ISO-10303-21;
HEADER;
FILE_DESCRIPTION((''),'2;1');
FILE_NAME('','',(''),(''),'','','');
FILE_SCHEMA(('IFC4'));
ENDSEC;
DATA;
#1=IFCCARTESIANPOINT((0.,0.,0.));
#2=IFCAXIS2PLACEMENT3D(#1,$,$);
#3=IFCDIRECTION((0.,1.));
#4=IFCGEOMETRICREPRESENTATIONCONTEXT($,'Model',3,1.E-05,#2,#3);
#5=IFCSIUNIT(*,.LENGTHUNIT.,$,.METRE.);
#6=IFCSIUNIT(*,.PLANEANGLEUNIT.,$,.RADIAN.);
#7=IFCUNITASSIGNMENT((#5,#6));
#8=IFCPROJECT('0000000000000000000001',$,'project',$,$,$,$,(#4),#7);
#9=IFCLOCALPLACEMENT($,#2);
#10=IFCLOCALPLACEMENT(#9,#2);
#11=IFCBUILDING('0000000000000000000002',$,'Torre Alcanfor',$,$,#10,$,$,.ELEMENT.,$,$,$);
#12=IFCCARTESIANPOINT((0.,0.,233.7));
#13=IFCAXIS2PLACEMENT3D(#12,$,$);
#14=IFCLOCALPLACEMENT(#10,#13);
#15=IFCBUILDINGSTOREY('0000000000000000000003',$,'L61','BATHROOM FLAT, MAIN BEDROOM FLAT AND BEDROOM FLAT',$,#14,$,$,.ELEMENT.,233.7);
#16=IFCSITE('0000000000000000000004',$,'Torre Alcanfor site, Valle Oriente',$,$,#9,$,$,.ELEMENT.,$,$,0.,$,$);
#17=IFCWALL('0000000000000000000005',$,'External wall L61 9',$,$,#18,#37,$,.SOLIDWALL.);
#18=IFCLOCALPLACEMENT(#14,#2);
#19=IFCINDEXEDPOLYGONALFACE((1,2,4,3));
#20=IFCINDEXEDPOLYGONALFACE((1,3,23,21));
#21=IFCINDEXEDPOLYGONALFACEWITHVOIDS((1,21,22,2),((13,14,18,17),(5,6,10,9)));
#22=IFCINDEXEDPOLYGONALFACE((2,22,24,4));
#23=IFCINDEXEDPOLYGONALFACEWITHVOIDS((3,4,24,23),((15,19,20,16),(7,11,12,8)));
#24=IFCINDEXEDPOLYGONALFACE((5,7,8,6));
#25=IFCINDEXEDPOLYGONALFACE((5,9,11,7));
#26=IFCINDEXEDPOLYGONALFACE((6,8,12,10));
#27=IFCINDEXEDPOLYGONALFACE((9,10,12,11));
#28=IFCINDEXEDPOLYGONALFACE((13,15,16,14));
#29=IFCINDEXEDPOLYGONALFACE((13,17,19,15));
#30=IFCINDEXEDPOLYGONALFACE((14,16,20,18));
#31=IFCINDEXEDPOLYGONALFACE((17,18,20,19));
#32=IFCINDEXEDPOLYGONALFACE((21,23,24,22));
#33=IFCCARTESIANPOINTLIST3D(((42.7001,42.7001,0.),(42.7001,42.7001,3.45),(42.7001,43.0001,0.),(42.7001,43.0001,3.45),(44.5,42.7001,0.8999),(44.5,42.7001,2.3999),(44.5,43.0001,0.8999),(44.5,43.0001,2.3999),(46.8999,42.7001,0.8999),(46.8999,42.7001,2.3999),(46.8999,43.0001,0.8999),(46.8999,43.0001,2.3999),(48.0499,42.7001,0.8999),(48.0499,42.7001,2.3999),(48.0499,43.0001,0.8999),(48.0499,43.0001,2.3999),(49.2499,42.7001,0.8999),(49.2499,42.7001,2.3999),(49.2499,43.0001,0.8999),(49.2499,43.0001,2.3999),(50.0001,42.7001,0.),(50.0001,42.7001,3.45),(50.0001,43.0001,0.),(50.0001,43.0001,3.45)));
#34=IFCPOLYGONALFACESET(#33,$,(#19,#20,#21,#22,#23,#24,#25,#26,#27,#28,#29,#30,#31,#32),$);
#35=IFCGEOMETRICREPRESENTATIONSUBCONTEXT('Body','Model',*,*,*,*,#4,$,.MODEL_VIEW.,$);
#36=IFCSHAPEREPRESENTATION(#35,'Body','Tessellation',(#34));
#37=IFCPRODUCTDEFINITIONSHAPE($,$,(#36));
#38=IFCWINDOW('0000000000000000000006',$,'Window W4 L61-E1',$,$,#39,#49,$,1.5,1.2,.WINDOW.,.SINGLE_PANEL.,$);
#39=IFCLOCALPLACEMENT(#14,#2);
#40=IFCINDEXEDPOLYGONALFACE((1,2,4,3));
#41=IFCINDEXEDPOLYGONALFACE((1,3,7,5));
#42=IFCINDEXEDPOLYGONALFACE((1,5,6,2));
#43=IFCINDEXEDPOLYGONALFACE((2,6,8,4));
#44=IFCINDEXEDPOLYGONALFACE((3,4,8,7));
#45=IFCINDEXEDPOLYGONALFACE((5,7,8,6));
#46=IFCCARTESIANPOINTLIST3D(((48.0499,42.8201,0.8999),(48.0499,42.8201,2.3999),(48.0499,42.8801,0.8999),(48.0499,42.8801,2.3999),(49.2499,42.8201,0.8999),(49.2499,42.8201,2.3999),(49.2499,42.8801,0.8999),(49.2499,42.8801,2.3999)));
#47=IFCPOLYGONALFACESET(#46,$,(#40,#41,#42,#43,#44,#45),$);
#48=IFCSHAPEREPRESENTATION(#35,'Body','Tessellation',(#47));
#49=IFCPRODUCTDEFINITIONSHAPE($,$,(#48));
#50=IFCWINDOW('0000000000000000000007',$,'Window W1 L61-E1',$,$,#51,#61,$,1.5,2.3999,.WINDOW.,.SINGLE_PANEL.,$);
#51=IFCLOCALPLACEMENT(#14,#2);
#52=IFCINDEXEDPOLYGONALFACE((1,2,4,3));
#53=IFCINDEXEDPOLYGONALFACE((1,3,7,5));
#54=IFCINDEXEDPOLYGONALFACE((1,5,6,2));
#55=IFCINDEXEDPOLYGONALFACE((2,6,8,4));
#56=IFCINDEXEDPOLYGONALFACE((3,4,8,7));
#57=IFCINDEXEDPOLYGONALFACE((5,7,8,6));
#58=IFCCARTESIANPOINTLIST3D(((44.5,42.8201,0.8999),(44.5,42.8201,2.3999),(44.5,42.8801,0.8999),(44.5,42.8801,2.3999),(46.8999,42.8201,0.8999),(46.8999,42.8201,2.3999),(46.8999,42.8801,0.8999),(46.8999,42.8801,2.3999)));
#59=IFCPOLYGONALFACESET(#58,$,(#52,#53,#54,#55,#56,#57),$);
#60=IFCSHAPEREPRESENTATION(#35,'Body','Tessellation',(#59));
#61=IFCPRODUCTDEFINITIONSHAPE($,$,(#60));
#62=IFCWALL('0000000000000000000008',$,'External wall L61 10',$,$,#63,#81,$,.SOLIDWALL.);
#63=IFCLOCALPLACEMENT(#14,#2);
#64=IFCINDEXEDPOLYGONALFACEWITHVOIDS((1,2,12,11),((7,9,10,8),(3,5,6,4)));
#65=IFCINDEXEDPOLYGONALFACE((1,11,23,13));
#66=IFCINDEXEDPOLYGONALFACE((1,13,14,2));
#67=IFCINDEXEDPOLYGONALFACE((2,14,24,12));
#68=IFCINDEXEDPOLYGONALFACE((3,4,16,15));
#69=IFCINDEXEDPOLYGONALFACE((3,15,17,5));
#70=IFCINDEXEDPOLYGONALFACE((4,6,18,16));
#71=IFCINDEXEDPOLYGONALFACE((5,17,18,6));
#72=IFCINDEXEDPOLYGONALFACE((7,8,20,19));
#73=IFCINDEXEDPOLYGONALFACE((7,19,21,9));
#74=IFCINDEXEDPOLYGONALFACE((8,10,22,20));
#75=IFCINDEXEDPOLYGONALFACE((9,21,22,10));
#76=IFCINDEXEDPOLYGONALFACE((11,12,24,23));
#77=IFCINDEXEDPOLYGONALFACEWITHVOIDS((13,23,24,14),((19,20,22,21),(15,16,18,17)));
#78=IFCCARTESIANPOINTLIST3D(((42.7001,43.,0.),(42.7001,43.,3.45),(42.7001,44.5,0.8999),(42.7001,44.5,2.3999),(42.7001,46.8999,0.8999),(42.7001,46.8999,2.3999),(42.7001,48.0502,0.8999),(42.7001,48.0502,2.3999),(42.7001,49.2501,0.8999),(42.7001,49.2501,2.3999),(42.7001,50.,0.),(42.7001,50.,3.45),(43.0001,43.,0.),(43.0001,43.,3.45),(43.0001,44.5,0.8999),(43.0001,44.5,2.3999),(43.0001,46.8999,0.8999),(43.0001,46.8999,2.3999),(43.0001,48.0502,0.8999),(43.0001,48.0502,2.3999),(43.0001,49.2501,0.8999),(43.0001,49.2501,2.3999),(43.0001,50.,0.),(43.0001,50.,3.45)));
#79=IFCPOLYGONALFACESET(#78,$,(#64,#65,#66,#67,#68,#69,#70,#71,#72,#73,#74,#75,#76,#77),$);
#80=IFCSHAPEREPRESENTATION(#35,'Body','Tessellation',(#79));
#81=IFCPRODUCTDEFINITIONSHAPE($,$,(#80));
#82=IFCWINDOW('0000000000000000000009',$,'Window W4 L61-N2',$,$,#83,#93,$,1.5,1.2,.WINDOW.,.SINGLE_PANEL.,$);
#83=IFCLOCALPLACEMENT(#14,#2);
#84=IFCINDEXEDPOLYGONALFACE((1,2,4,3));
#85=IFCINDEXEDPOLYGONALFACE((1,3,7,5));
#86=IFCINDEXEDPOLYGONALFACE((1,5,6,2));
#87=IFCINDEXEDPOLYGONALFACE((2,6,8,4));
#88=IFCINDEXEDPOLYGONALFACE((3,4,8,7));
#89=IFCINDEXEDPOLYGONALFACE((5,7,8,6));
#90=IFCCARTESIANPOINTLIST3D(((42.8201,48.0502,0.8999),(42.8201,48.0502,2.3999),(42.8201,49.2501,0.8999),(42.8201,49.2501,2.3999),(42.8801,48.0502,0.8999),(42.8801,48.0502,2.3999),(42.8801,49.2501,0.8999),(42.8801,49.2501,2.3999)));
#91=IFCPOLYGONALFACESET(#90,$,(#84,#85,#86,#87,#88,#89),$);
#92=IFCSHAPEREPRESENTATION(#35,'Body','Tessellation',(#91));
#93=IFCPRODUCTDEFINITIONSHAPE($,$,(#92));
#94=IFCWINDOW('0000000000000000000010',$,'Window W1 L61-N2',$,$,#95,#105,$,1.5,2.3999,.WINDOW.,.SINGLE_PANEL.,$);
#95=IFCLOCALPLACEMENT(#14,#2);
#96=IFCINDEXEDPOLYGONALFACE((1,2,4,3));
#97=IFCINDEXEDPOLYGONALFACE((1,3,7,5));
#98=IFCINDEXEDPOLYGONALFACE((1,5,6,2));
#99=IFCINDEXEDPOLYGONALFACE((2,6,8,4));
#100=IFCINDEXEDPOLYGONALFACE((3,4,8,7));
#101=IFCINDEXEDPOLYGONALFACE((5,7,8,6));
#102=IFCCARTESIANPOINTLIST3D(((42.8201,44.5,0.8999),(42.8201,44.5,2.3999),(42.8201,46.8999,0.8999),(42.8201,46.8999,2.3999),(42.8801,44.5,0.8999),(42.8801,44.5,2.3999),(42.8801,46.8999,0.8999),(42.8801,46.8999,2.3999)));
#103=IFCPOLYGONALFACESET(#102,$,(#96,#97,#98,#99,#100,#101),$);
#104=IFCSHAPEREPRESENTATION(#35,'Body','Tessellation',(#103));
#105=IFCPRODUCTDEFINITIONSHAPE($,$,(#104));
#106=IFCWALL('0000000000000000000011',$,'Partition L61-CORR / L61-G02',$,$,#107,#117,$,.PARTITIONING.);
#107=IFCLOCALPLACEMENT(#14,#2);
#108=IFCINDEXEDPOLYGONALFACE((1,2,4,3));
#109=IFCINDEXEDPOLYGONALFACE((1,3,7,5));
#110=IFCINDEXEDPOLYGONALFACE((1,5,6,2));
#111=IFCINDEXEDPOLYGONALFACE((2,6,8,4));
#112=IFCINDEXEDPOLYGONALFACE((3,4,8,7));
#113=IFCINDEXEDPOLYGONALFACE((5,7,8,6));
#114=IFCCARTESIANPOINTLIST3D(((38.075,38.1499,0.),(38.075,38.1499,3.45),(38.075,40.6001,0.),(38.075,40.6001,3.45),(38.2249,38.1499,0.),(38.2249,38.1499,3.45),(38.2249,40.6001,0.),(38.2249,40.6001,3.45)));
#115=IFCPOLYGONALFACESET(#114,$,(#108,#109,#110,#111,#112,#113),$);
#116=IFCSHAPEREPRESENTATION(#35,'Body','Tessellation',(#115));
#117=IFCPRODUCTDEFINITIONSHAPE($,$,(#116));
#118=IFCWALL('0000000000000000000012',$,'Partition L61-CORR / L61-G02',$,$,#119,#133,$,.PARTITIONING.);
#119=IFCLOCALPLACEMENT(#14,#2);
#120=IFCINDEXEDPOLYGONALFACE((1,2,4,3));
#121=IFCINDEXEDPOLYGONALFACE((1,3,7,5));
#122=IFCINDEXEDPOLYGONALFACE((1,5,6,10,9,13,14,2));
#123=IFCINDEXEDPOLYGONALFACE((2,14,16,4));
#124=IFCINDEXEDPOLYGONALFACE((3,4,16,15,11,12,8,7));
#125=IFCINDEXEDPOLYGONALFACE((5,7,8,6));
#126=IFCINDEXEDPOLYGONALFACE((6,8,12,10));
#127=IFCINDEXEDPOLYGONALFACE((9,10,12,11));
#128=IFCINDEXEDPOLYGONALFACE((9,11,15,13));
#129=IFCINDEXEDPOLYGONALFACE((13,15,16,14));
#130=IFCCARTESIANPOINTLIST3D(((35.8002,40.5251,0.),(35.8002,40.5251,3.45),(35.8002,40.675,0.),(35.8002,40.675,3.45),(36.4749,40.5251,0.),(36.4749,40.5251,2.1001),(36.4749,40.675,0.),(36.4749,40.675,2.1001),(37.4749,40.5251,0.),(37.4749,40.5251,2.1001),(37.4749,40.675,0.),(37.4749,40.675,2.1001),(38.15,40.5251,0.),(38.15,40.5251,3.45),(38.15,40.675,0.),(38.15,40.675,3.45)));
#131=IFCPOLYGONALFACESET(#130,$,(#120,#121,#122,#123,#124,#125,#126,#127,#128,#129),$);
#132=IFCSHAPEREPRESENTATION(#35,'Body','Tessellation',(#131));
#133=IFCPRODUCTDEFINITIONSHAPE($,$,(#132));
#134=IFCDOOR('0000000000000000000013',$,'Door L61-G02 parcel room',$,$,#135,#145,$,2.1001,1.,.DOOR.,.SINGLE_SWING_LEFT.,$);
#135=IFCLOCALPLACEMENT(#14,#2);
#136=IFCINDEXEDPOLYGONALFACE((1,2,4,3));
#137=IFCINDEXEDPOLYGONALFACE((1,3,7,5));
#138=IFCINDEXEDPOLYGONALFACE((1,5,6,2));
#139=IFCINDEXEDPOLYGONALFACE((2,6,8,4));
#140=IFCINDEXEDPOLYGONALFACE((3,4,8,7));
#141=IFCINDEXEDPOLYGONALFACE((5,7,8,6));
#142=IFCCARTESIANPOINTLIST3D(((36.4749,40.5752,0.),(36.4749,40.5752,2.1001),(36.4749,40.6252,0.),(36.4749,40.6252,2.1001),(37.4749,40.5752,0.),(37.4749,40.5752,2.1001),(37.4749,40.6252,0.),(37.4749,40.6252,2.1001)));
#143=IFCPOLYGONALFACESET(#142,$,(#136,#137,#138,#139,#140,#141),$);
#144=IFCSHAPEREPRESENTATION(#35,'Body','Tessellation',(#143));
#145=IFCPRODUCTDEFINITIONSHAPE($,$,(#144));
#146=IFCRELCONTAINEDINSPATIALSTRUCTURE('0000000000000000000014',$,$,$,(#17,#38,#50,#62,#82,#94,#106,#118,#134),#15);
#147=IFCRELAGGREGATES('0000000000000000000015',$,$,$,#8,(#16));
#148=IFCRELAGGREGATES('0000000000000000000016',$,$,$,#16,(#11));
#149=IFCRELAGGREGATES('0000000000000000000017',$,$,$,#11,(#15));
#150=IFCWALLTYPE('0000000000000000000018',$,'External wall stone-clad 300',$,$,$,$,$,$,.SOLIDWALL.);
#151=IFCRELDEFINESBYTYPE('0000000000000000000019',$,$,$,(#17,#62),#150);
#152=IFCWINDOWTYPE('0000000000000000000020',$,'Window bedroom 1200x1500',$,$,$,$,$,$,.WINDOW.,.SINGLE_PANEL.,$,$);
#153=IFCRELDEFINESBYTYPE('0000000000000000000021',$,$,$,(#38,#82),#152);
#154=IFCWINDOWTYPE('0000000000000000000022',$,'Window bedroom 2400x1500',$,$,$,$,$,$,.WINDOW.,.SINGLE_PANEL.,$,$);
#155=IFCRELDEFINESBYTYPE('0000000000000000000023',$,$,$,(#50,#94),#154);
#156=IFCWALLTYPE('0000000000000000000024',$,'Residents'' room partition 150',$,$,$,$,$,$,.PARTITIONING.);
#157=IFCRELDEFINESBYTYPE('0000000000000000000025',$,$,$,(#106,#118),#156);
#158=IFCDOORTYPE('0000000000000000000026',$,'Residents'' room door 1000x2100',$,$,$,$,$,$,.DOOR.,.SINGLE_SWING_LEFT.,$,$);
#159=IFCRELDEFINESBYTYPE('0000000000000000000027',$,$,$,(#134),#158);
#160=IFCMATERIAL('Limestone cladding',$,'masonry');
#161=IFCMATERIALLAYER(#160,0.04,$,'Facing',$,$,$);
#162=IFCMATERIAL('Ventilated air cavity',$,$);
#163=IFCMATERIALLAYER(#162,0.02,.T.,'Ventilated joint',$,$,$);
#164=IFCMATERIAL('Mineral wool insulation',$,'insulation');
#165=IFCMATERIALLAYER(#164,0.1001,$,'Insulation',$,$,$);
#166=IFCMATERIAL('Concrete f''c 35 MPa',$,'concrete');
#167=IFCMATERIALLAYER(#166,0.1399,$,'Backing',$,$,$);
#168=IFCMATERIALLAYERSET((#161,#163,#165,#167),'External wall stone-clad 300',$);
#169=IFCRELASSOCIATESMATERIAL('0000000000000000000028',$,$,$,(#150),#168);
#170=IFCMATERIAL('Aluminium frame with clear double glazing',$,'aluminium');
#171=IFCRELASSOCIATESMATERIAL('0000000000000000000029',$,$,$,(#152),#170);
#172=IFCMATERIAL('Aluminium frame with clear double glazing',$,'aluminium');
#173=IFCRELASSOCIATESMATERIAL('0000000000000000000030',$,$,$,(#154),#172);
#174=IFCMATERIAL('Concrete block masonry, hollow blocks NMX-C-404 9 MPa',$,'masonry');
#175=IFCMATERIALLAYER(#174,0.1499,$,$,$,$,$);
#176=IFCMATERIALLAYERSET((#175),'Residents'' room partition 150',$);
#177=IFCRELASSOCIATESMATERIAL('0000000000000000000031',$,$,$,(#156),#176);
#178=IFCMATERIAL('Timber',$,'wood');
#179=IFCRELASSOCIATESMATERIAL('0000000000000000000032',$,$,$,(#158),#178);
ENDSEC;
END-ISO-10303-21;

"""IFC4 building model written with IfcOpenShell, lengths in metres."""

from ifc_helpers import new_model, si_unit, direction, frame, frame_2d, origin, place, context, subcontext, project, spatial, rectangle, extrude, material, layer, layer_set, type_object, element, fill, save


model = new_model("IFC4")

# Units and contexts
model_context = context("Model", 3, precision=1e-05, world=origin(), true_north=direction((0.0, 1.0)))
body_context = subcontext(model_context, "Body", "Model", "MODEL_VIEW")
ifc_project = project(units=[si_unit("LENGTHUNIT", "METRE"), si_unit("PLANEANGLEUNIT", "RADIAN")], contexts=[model_context])

# Site, building, storey
site_placement = place(None, origin())
site = spatial("IfcSite", under=ifc_project, at=site_placement, Name="Torre Alcanfor site, Valle Oriente", CompositionType="ELEMENT", RefElevation=0.0)
building_placement = place(site_placement, origin())
building = spatial("IfcBuilding", under=site, at=building_placement, Name="Torre Alcanfor", CompositionType="ELEMENT")
storey_placement = place(building_placement, frame((0.0, 0.0, 233.7)))
storey = spatial("IfcBuildingStorey", under=building, at=storey_placement, Name="L61", Description="BATHROOM FLAT, MAIN BEDROOM FLAT AND BEDROOM FLAT", CompositionType="ELEMENT", Elevation=233.7)

# Walls, openings, windows
ifc_material_1 = material(Name="Limestone cladding", Category="masonry")
ifc_layer_1 = layer(ifc_material_1, 0.04, Name="Facing")
ifc_material_2 = material(Name="Ventilated air cavity")
ifc_layer_2 = layer(ifc_material_2, 0.02, ventilated=True, Name="Ventilated joint")
ifc_material_3 = material(Name="Mineral wool insulation", Category="insulation")
ifc_layer_3 = layer(ifc_material_3, 0.1001, Name="Insulation")
ifc_material_4 = material(Name="Concrete f'c 35 MPa", Category="concrete")
ifc_layer_4 = layer(ifc_material_4, 0.1399, Name="Backing")
ifc_layer_set_1 = layer_set([ifc_layer_1, ifc_layer_2, ifc_layer_3, ifc_layer_4], Name="External wall stone-clad 300")
wall_type_1 = type_object("IfcWallType", Name="External wall stone-clad 300", PredefinedType="SOLIDWALL", material=ifc_layer_set_1)
wall_1_placement = place(storey_placement, frame((50.0, 42.8501, 0.0), z_axis=(0.0, 0.0, 1.0), x_axis=(-1.0, 0.0, 0.0)))
wall_1 = element("IfcWall", 1, at=wall_1_placement, inside=storey, type_object=wall_type_1, Name="External wall L61 9", PredefinedType="SOLIDWALL", context=body_context, shape_type="SweptSolid", body=[
    extrude(rectangle(XDim=7.3, YDim=0.3, at=frame_2d((3.6499, 0.0))), origin(), (0.0, 0.0, 1.0), 3.45),
])
opening_1_placement = place(wall_1_placement, frame((3.1001, 0.0, 0.8999)))
opening_1 = element("IfcOpeningElement", 2, at=opening_1_placement, cuts=wall_1, PredefinedType="OPENING", context=body_context, shape_type="SweptSolid", body=[
    extrude(rectangle(XDim=2.3999, YDim=1.5, at=frame_2d((1.2, 0.75))), frame((0.0, 0.1599, 0.0), z_axis=(0.0, -1.0, 0.0), x_axis=(1.0, 0.0, 0.0)), (0.0, 0.0, 1.0), 0.3201),
])
opening_2_placement = place(wall_1_placement, frame((0.75, 0.0, 0.8999)))
opening_2 = element("IfcOpeningElement", 3, at=opening_2_placement, cuts=wall_1, PredefinedType="OPENING", context=body_context, shape_type="SweptSolid", body=[
    extrude(rectangle(XDim=1.2, YDim=1.5, at=frame_2d((0.6001, 0.75))), frame((0.0, 0.1599, 0.0), z_axis=(0.0, -1.0, 0.0), x_axis=(1.0, 0.0, 0.0)), (0.0, 0.0, 1.0), 0.3201),
])
ifc_material_5 = material(Name="Aluminium frame with clear double glazing", Category="aluminium")
window_type_1 = type_object("IfcWindowType", Name="Window bedroom 1200x1500", PartitioningType="SINGLE_PANEL", PredefinedType="WINDOW", material=ifc_material_5)
window_1_placement = place(opening_2_placement, origin())
window_1 = element("IfcWindow", 4, at=window_1_placement, inside=storey, type_object=window_type_1, Name="Window W4 L61-E1", OverallHeight=1.5, OverallWidth=1.2, PartitioningType="SINGLE_PANEL", PredefinedType="WINDOW", context=body_context, shape_type="SweptSolid", body=[
    extrude(rectangle(XDim=1.2, YDim=1.5, at=frame_2d((0.6001, 0.75))), frame((0.0, 0.03, 0.0), z_axis=(0.0, -1.0, 0.0), x_axis=(1.0, 0.0, 0.0)), (0.0, 0.0, 1.0), 0.0601),
])
fill(opening_2, window_1)
ifc_material_6 = material(Name="Aluminium frame with clear double glazing", Category="aluminium")
window_type_2 = type_object("IfcWindowType", Name="Window bedroom 2400x1500", PartitioningType="SINGLE_PANEL", PredefinedType="WINDOW", material=ifc_material_6)
window_2_placement = place(opening_1_placement, origin())
window_2 = element("IfcWindow", 5, at=window_2_placement, inside=storey, type_object=window_type_2, Name="Window W1 L61-E1", OverallHeight=1.5, OverallWidth=2.3999, PartitioningType="SINGLE_PANEL", PredefinedType="WINDOW", context=body_context, shape_type="SweptSolid", body=[
    extrude(rectangle(XDim=2.3999, YDim=1.5, at=frame_2d((1.2, 0.75))), frame((0.0, 0.03, 0.0), z_axis=(0.0, -1.0, 0.0), x_axis=(1.0, 0.0, 0.0)), (0.0, 0.0, 1.0), 0.0601),
])
fill(opening_1, window_2)
wall_2_placement = place(storey_placement, frame((42.8501, 43.0, 0.0), z_axis=(0.0, 0.0, 1.0), x_axis=(0.0, 1.0, 0.0)))
wall_2 = element("IfcWall", 6, at=wall_2_placement, inside=storey, type_object=wall_type_1, Name="External wall L61 10", PredefinedType="SOLIDWALL", context=body_context, shape_type="SweptSolid", body=[
    extrude(rectangle(XDim=7.0, YDim=0.3, at=frame_2d((3.5, 0.0))), origin(), (0.0, 0.0, 1.0), 3.45),
])
opening_3_placement = place(wall_2_placement, frame((1.5, 0.0, 0.8999)))
opening_3 = element("IfcOpeningElement", 7, at=opening_3_placement, cuts=wall_2, PredefinedType="OPENING", context=body_context, shape_type="SweptSolid", body=[
    extrude(rectangle(XDim=2.3999, YDim=1.5, at=frame_2d((1.2, 0.75))), frame((0.0, 0.1599, 0.0), z_axis=(0.0, -1.0, 0.0), x_axis=(1.0, 0.0, 0.0)), (0.0, 0.0, 1.0), 0.3201),
])
opening_4_placement = place(wall_2_placement, frame((5.05, 0.0, 0.8999)))
opening_4 = element("IfcOpeningElement", 8, at=opening_4_placement, cuts=wall_2, PredefinedType="OPENING", context=body_context, shape_type="SweptSolid", body=[
    extrude(rectangle(XDim=1.2, YDim=1.5, at=frame_2d((0.6001, 0.75))), frame((0.0, 0.1599, 0.0), z_axis=(0.0, -1.0, 0.0), x_axis=(1.0, 0.0, 0.0)), (0.0, 0.0, 1.0), 0.3201),
])
window_3_placement = place(opening_4_placement, origin())
window_3 = element("IfcWindow", 9, at=window_3_placement, inside=storey, type_object=window_type_1, Name="Window W4 L61-N2", OverallHeight=1.5, OverallWidth=1.2, PartitioningType="SINGLE_PANEL", PredefinedType="WINDOW", context=body_context, shape_type="SweptSolid", body=[
    extrude(rectangle(XDim=1.2, YDim=1.5, at=frame_2d((0.6001, 0.75))), frame((0.0, 0.03, 0.0), z_axis=(0.0, -1.0, 0.0), x_axis=(1.0, 0.0, 0.0)), (0.0, 0.0, 1.0), 0.0601),
])
fill(opening_4, window_3)
window_4_placement = place(opening_3_placement, origin())
window_4 = element("IfcWindow", 10, at=window_4_placement, inside=storey, type_object=window_type_2, Name="Window W1 L61-N2", OverallHeight=1.5, OverallWidth=2.3999, PartitioningType="SINGLE_PANEL", PredefinedType="WINDOW", context=body_context, shape_type="SweptSolid", body=[
    extrude(rectangle(XDim=2.3999, YDim=1.5, at=frame_2d((1.2, 0.75))), frame((0.0, 0.03, 0.0), z_axis=(0.0, -1.0, 0.0), x_axis=(1.0, 0.0, 0.0)), (0.0, 0.0, 1.0), 0.0601),
])
fill(opening_3, window_4)

# Wall
ifc_material_7 = material(Name="Concrete block masonry, hollow blocks NMX-C-404 9 MPa", Category="masonry")
ifc_layer_5 = layer(ifc_material_7, 0.1499)
ifc_layer_set_2 = layer_set([ifc_layer_5], Name="Residents' room partition 150")
wall_type_2 = type_object("IfcWallType", Name="Residents' room partition 150", PredefinedType="PARTITIONING", material=ifc_layer_set_2)
wall_3_placement = place(storey_placement, frame((38.1499, 38.1499, 0.0), z_axis=(0.0, 0.0, 1.0), x_axis=(0.0, 1.0, 0.0)))
element("IfcWall", 11, at=wall_3_placement, inside=storey, type_object=wall_type_2, Name="Partition L61-CORR / L61-G02", PredefinedType="PARTITIONING", context=body_context, shape_type="SweptSolid", body=[
    extrude(rectangle(XDim=2.4502, YDim=0.1499, at=frame_2d((1.2251, 0.0))), origin(), (0.0, 0.0, 1.0), 3.45),
])

# Wall, opening, door
wall_4_placement = place(storey_placement, frame((38.1499, 40.6001, 0.0), z_axis=(0.0, 0.0, 1.0), x_axis=(-1.0, 0.0, 0.0)))
wall_4 = element("IfcWall", 12, at=wall_4_placement, inside=storey, type_object=wall_type_2, Name="Partition L61-CORR / L61-G02", PredefinedType="PARTITIONING", context=body_context, shape_type="SweptSolid", body=[
    extrude(rectangle(XDim=2.3499, YDim=0.1499, at=frame_2d((1.1748, 0.0))), origin(), (0.0, 0.0, 1.0), 3.45),
])
opening_5_placement = place(wall_4_placement, frame((0.675, 0.0, 0.0)))
opening_5 = element("IfcOpeningElement", 13, at=opening_5_placement, cuts=wall_4, PredefinedType="OPENING", context=body_context, shape_type="SweptSolid", body=[
    extrude(rectangle(XDim=1.0, YDim=2.1001, at=frame_2d((0.5, 1.05))), frame((0.0, 0.085, 0.0), z_axis=(0.0, -1.0, 0.0), x_axis=(1.0, 0.0, 0.0)), (0.0, 0.0, 1.0), 0.1699),
])
ifc_material_8 = material(Name="Timber", Category="wood")
door_type_1 = type_object("IfcDoorType", Name="Residents' room door 1000x2100", OperationType="SINGLE_SWING_LEFT", PredefinedType="DOOR", material=ifc_material_8)
door_1_placement = place(opening_5_placement, origin())
door_1 = element("IfcDoor", 14, at=door_1_placement, inside=storey, type_object=door_type_1, Name="Door L61-G02 parcel room", OperationType="SINGLE_SWING_LEFT", OverallHeight=2.1001, OverallWidth=1.0, PredefinedType="DOOR", context=body_context, shape_type="SweptSolid", body=[
    extrude(rectangle(XDim=1.0, YDim=2.1001, at=frame_2d((0.5, 1.05))), frame((0.0, 0.0249, 0.0), z_axis=(0.0, -1.0, 0.0), x_axis=(1.0, 0.0, 0.0)), (0.0, 0.0, 1.0), 0.05),
])
fill(opening_5, door_1)

save(model, "model.ifc")
